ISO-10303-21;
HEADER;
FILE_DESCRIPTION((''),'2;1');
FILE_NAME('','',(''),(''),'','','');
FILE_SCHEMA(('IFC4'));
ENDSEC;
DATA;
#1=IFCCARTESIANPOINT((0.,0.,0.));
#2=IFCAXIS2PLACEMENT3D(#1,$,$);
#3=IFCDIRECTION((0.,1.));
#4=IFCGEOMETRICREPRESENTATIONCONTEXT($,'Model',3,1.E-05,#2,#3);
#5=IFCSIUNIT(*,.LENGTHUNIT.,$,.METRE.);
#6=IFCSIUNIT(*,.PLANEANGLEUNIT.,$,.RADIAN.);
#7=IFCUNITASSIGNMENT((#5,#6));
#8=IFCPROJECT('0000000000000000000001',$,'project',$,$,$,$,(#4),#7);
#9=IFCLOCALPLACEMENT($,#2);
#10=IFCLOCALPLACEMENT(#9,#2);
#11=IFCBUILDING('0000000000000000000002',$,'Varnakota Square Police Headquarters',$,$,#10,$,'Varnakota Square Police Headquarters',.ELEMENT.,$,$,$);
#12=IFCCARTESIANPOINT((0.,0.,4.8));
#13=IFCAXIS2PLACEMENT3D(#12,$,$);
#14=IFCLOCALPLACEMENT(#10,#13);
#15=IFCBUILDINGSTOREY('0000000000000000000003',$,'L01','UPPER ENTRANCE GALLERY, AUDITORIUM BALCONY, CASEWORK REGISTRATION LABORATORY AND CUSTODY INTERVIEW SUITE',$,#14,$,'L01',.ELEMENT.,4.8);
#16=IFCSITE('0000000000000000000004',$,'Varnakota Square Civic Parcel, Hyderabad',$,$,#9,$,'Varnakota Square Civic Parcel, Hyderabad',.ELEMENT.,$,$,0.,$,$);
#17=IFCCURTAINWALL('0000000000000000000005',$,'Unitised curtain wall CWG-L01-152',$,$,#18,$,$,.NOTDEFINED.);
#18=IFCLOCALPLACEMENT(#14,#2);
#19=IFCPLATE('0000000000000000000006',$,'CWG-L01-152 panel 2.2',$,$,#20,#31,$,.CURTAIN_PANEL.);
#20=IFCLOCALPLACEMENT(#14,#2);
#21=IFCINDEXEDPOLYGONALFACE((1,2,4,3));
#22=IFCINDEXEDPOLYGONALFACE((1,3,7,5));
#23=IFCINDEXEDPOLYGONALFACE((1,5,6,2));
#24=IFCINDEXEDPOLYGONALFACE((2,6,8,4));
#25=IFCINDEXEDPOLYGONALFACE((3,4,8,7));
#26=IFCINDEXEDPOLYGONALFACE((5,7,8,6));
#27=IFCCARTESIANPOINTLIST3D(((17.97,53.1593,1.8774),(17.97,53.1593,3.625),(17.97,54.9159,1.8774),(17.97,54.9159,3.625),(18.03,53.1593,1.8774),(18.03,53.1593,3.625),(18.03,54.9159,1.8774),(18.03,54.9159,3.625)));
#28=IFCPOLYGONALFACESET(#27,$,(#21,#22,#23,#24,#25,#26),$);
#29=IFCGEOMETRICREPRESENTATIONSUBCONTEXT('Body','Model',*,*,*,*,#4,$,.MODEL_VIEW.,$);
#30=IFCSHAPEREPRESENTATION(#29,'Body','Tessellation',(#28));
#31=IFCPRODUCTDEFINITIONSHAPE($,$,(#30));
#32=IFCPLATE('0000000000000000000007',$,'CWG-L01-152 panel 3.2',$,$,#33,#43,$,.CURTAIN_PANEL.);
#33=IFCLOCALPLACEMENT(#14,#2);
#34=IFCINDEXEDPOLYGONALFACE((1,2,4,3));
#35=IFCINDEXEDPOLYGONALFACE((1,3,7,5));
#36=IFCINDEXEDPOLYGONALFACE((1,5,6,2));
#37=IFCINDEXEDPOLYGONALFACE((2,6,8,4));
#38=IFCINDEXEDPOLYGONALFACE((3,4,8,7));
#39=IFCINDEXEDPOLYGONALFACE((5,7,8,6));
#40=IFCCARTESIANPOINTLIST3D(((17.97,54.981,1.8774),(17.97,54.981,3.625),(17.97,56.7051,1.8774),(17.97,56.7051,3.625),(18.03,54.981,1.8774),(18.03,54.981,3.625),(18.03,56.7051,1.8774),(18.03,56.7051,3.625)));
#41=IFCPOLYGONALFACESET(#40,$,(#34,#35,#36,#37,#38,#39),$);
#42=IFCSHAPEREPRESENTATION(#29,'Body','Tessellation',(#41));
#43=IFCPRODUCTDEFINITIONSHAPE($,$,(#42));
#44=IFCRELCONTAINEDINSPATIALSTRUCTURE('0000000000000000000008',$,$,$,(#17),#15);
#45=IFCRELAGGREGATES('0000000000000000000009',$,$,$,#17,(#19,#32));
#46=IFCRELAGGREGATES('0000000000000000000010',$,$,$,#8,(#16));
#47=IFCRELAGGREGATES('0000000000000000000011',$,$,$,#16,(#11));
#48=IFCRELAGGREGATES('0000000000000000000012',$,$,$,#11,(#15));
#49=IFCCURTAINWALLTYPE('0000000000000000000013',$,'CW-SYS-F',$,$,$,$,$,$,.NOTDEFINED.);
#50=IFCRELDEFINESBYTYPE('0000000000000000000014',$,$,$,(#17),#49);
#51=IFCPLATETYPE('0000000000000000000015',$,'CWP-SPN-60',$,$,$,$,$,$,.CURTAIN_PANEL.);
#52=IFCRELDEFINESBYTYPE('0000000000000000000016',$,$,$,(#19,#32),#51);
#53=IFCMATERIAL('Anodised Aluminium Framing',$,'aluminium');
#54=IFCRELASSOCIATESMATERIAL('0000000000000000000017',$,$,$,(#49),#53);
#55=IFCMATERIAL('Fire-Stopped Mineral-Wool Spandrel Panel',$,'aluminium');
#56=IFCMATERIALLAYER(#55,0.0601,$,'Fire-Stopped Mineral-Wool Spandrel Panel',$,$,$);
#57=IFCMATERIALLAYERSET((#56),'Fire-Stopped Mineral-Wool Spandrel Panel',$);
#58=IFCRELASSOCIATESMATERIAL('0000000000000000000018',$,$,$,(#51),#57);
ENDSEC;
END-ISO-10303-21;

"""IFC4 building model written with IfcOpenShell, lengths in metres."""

from ifc_helpers import new_model, si_unit, direction, frame, origin, origin_2d, place, context, subcontext, project, spatial, rectangle, extrude, material, layer, layer_set, type_object, element, aggregate, save


model = new_model("IFC4")

# Units and contexts
model_context = context("Model", 3, precision=1e-05, world=origin(), true_north=direction((0.0, 1.0)))
body_context = subcontext(model_context, "Body", "Model", "MODEL_VIEW")
ifc_project = project(units=[si_unit("LENGTHUNIT", "METRE"), si_unit("PLANEANGLEUNIT", "RADIAN")], contexts=[model_context])

# Site, building, storey
site_placement = place(None, origin())
site = spatial("IfcSite", under=ifc_project, at=site_placement, Name="Varnakota Square Civic Parcel, Hyderabad", LongName="Varnakota Square Civic Parcel, Hyderabad", CompositionType="ELEMENT", RefElevation=0.0)
building_placement = place(site_placement, origin())
building = spatial("IfcBuilding", under=site, at=building_placement, Name="Varnakota Square Police Headquarters", LongName="Varnakota Square Police Headquarters", CompositionType="ELEMENT")
storey_placement = place(building_placement, frame((0.0, 0.0, 4.8)))
storey = spatial("IfcBuildingStorey", under=building, at=storey_placement, Name="L01", Description="UPPER ENTRANCE GALLERY, AUDITORIUM BALCONY, CASEWORK REGISTRATION LABORATORY AND CUSTODY INTERVIEW SUITE", LongName="L01", CompositionType="ELEMENT", Elevation=4.8)

# Curtain wall, plates
ifc_material_1 = material(Name="Anodised Aluminium Framing", Category="aluminium")
curtain_wall_type = type_object("IfcCurtainWallType", Name="CW-SYS-F", PredefinedType="NOTDEFINED", material=ifc_material_1)
curtain_wall_placement = place(storey_placement, origin())
curtain_wall = element("IfcCurtainWall", 1, at=curtain_wall_placement, inside=storey, type_object=curtain_wall_type, Name="Unitised curtain wall CWG-L01-152", PredefinedType="NOTDEFINED")
ifc_material_2 = material(Name="Fire-Stopped Mineral-Wool Spandrel Panel", Category="aluminium")
ifc_layer_1 = layer(ifc_material_2, 0.0601, Name="Fire-Stopped Mineral-Wool Spandrel Panel")
ifc_layer_set_1 = layer_set([ifc_layer_1], Name="Fire-Stopped Mineral-Wool Spandrel Panel")
plate_type_1 = type_object("IfcPlateType", Name="CWP-SPN-60", PredefinedType="CURTAIN_PANEL", material=ifc_layer_set_1)
plate_1_placement = place(storey_placement, frame((18.0, 54.0376, 1.8774), z_axis=(0.0, 0.0, 1.0), x_axis=(0.0, 1.0, 0.0)))
plate_1 = element("IfcPlate", 2, at=plate_1_placement, type_object=plate_type_1, Name="CWG-L01-152 panel 2.2", PredefinedType="CURTAIN_PANEL", context=body_context, shape_type="SweptSolid", body=[
    extrude(rectangle(XDim=1.7566, YDim=0.0601, at=origin_2d()), origin(), (0.0, 0.0, 1.0), 1.7476),
])
plate_2_placement = place(storey_placement, frame((18.0, 55.843, 1.8774), z_axis=(0.0, 0.0, 1.0), x_axis=(0.0, 1.0, 0.0)))
plate_2 = element("IfcPlate", 3, at=plate_2_placement, type_object=plate_type_1, Name="CWG-L01-152 panel 3.2", PredefinedType="CURTAIN_PANEL", context=body_context, shape_type="SweptSolid", body=[
    extrude(rectangle(XDim=1.7241, YDim=0.0601, at=origin_2d()), origin(), (0.0, 0.0, 1.0), 1.7476),
])
aggregate(curtain_wall, [plate_1, plate_2])

save(model, "model.ifc")
